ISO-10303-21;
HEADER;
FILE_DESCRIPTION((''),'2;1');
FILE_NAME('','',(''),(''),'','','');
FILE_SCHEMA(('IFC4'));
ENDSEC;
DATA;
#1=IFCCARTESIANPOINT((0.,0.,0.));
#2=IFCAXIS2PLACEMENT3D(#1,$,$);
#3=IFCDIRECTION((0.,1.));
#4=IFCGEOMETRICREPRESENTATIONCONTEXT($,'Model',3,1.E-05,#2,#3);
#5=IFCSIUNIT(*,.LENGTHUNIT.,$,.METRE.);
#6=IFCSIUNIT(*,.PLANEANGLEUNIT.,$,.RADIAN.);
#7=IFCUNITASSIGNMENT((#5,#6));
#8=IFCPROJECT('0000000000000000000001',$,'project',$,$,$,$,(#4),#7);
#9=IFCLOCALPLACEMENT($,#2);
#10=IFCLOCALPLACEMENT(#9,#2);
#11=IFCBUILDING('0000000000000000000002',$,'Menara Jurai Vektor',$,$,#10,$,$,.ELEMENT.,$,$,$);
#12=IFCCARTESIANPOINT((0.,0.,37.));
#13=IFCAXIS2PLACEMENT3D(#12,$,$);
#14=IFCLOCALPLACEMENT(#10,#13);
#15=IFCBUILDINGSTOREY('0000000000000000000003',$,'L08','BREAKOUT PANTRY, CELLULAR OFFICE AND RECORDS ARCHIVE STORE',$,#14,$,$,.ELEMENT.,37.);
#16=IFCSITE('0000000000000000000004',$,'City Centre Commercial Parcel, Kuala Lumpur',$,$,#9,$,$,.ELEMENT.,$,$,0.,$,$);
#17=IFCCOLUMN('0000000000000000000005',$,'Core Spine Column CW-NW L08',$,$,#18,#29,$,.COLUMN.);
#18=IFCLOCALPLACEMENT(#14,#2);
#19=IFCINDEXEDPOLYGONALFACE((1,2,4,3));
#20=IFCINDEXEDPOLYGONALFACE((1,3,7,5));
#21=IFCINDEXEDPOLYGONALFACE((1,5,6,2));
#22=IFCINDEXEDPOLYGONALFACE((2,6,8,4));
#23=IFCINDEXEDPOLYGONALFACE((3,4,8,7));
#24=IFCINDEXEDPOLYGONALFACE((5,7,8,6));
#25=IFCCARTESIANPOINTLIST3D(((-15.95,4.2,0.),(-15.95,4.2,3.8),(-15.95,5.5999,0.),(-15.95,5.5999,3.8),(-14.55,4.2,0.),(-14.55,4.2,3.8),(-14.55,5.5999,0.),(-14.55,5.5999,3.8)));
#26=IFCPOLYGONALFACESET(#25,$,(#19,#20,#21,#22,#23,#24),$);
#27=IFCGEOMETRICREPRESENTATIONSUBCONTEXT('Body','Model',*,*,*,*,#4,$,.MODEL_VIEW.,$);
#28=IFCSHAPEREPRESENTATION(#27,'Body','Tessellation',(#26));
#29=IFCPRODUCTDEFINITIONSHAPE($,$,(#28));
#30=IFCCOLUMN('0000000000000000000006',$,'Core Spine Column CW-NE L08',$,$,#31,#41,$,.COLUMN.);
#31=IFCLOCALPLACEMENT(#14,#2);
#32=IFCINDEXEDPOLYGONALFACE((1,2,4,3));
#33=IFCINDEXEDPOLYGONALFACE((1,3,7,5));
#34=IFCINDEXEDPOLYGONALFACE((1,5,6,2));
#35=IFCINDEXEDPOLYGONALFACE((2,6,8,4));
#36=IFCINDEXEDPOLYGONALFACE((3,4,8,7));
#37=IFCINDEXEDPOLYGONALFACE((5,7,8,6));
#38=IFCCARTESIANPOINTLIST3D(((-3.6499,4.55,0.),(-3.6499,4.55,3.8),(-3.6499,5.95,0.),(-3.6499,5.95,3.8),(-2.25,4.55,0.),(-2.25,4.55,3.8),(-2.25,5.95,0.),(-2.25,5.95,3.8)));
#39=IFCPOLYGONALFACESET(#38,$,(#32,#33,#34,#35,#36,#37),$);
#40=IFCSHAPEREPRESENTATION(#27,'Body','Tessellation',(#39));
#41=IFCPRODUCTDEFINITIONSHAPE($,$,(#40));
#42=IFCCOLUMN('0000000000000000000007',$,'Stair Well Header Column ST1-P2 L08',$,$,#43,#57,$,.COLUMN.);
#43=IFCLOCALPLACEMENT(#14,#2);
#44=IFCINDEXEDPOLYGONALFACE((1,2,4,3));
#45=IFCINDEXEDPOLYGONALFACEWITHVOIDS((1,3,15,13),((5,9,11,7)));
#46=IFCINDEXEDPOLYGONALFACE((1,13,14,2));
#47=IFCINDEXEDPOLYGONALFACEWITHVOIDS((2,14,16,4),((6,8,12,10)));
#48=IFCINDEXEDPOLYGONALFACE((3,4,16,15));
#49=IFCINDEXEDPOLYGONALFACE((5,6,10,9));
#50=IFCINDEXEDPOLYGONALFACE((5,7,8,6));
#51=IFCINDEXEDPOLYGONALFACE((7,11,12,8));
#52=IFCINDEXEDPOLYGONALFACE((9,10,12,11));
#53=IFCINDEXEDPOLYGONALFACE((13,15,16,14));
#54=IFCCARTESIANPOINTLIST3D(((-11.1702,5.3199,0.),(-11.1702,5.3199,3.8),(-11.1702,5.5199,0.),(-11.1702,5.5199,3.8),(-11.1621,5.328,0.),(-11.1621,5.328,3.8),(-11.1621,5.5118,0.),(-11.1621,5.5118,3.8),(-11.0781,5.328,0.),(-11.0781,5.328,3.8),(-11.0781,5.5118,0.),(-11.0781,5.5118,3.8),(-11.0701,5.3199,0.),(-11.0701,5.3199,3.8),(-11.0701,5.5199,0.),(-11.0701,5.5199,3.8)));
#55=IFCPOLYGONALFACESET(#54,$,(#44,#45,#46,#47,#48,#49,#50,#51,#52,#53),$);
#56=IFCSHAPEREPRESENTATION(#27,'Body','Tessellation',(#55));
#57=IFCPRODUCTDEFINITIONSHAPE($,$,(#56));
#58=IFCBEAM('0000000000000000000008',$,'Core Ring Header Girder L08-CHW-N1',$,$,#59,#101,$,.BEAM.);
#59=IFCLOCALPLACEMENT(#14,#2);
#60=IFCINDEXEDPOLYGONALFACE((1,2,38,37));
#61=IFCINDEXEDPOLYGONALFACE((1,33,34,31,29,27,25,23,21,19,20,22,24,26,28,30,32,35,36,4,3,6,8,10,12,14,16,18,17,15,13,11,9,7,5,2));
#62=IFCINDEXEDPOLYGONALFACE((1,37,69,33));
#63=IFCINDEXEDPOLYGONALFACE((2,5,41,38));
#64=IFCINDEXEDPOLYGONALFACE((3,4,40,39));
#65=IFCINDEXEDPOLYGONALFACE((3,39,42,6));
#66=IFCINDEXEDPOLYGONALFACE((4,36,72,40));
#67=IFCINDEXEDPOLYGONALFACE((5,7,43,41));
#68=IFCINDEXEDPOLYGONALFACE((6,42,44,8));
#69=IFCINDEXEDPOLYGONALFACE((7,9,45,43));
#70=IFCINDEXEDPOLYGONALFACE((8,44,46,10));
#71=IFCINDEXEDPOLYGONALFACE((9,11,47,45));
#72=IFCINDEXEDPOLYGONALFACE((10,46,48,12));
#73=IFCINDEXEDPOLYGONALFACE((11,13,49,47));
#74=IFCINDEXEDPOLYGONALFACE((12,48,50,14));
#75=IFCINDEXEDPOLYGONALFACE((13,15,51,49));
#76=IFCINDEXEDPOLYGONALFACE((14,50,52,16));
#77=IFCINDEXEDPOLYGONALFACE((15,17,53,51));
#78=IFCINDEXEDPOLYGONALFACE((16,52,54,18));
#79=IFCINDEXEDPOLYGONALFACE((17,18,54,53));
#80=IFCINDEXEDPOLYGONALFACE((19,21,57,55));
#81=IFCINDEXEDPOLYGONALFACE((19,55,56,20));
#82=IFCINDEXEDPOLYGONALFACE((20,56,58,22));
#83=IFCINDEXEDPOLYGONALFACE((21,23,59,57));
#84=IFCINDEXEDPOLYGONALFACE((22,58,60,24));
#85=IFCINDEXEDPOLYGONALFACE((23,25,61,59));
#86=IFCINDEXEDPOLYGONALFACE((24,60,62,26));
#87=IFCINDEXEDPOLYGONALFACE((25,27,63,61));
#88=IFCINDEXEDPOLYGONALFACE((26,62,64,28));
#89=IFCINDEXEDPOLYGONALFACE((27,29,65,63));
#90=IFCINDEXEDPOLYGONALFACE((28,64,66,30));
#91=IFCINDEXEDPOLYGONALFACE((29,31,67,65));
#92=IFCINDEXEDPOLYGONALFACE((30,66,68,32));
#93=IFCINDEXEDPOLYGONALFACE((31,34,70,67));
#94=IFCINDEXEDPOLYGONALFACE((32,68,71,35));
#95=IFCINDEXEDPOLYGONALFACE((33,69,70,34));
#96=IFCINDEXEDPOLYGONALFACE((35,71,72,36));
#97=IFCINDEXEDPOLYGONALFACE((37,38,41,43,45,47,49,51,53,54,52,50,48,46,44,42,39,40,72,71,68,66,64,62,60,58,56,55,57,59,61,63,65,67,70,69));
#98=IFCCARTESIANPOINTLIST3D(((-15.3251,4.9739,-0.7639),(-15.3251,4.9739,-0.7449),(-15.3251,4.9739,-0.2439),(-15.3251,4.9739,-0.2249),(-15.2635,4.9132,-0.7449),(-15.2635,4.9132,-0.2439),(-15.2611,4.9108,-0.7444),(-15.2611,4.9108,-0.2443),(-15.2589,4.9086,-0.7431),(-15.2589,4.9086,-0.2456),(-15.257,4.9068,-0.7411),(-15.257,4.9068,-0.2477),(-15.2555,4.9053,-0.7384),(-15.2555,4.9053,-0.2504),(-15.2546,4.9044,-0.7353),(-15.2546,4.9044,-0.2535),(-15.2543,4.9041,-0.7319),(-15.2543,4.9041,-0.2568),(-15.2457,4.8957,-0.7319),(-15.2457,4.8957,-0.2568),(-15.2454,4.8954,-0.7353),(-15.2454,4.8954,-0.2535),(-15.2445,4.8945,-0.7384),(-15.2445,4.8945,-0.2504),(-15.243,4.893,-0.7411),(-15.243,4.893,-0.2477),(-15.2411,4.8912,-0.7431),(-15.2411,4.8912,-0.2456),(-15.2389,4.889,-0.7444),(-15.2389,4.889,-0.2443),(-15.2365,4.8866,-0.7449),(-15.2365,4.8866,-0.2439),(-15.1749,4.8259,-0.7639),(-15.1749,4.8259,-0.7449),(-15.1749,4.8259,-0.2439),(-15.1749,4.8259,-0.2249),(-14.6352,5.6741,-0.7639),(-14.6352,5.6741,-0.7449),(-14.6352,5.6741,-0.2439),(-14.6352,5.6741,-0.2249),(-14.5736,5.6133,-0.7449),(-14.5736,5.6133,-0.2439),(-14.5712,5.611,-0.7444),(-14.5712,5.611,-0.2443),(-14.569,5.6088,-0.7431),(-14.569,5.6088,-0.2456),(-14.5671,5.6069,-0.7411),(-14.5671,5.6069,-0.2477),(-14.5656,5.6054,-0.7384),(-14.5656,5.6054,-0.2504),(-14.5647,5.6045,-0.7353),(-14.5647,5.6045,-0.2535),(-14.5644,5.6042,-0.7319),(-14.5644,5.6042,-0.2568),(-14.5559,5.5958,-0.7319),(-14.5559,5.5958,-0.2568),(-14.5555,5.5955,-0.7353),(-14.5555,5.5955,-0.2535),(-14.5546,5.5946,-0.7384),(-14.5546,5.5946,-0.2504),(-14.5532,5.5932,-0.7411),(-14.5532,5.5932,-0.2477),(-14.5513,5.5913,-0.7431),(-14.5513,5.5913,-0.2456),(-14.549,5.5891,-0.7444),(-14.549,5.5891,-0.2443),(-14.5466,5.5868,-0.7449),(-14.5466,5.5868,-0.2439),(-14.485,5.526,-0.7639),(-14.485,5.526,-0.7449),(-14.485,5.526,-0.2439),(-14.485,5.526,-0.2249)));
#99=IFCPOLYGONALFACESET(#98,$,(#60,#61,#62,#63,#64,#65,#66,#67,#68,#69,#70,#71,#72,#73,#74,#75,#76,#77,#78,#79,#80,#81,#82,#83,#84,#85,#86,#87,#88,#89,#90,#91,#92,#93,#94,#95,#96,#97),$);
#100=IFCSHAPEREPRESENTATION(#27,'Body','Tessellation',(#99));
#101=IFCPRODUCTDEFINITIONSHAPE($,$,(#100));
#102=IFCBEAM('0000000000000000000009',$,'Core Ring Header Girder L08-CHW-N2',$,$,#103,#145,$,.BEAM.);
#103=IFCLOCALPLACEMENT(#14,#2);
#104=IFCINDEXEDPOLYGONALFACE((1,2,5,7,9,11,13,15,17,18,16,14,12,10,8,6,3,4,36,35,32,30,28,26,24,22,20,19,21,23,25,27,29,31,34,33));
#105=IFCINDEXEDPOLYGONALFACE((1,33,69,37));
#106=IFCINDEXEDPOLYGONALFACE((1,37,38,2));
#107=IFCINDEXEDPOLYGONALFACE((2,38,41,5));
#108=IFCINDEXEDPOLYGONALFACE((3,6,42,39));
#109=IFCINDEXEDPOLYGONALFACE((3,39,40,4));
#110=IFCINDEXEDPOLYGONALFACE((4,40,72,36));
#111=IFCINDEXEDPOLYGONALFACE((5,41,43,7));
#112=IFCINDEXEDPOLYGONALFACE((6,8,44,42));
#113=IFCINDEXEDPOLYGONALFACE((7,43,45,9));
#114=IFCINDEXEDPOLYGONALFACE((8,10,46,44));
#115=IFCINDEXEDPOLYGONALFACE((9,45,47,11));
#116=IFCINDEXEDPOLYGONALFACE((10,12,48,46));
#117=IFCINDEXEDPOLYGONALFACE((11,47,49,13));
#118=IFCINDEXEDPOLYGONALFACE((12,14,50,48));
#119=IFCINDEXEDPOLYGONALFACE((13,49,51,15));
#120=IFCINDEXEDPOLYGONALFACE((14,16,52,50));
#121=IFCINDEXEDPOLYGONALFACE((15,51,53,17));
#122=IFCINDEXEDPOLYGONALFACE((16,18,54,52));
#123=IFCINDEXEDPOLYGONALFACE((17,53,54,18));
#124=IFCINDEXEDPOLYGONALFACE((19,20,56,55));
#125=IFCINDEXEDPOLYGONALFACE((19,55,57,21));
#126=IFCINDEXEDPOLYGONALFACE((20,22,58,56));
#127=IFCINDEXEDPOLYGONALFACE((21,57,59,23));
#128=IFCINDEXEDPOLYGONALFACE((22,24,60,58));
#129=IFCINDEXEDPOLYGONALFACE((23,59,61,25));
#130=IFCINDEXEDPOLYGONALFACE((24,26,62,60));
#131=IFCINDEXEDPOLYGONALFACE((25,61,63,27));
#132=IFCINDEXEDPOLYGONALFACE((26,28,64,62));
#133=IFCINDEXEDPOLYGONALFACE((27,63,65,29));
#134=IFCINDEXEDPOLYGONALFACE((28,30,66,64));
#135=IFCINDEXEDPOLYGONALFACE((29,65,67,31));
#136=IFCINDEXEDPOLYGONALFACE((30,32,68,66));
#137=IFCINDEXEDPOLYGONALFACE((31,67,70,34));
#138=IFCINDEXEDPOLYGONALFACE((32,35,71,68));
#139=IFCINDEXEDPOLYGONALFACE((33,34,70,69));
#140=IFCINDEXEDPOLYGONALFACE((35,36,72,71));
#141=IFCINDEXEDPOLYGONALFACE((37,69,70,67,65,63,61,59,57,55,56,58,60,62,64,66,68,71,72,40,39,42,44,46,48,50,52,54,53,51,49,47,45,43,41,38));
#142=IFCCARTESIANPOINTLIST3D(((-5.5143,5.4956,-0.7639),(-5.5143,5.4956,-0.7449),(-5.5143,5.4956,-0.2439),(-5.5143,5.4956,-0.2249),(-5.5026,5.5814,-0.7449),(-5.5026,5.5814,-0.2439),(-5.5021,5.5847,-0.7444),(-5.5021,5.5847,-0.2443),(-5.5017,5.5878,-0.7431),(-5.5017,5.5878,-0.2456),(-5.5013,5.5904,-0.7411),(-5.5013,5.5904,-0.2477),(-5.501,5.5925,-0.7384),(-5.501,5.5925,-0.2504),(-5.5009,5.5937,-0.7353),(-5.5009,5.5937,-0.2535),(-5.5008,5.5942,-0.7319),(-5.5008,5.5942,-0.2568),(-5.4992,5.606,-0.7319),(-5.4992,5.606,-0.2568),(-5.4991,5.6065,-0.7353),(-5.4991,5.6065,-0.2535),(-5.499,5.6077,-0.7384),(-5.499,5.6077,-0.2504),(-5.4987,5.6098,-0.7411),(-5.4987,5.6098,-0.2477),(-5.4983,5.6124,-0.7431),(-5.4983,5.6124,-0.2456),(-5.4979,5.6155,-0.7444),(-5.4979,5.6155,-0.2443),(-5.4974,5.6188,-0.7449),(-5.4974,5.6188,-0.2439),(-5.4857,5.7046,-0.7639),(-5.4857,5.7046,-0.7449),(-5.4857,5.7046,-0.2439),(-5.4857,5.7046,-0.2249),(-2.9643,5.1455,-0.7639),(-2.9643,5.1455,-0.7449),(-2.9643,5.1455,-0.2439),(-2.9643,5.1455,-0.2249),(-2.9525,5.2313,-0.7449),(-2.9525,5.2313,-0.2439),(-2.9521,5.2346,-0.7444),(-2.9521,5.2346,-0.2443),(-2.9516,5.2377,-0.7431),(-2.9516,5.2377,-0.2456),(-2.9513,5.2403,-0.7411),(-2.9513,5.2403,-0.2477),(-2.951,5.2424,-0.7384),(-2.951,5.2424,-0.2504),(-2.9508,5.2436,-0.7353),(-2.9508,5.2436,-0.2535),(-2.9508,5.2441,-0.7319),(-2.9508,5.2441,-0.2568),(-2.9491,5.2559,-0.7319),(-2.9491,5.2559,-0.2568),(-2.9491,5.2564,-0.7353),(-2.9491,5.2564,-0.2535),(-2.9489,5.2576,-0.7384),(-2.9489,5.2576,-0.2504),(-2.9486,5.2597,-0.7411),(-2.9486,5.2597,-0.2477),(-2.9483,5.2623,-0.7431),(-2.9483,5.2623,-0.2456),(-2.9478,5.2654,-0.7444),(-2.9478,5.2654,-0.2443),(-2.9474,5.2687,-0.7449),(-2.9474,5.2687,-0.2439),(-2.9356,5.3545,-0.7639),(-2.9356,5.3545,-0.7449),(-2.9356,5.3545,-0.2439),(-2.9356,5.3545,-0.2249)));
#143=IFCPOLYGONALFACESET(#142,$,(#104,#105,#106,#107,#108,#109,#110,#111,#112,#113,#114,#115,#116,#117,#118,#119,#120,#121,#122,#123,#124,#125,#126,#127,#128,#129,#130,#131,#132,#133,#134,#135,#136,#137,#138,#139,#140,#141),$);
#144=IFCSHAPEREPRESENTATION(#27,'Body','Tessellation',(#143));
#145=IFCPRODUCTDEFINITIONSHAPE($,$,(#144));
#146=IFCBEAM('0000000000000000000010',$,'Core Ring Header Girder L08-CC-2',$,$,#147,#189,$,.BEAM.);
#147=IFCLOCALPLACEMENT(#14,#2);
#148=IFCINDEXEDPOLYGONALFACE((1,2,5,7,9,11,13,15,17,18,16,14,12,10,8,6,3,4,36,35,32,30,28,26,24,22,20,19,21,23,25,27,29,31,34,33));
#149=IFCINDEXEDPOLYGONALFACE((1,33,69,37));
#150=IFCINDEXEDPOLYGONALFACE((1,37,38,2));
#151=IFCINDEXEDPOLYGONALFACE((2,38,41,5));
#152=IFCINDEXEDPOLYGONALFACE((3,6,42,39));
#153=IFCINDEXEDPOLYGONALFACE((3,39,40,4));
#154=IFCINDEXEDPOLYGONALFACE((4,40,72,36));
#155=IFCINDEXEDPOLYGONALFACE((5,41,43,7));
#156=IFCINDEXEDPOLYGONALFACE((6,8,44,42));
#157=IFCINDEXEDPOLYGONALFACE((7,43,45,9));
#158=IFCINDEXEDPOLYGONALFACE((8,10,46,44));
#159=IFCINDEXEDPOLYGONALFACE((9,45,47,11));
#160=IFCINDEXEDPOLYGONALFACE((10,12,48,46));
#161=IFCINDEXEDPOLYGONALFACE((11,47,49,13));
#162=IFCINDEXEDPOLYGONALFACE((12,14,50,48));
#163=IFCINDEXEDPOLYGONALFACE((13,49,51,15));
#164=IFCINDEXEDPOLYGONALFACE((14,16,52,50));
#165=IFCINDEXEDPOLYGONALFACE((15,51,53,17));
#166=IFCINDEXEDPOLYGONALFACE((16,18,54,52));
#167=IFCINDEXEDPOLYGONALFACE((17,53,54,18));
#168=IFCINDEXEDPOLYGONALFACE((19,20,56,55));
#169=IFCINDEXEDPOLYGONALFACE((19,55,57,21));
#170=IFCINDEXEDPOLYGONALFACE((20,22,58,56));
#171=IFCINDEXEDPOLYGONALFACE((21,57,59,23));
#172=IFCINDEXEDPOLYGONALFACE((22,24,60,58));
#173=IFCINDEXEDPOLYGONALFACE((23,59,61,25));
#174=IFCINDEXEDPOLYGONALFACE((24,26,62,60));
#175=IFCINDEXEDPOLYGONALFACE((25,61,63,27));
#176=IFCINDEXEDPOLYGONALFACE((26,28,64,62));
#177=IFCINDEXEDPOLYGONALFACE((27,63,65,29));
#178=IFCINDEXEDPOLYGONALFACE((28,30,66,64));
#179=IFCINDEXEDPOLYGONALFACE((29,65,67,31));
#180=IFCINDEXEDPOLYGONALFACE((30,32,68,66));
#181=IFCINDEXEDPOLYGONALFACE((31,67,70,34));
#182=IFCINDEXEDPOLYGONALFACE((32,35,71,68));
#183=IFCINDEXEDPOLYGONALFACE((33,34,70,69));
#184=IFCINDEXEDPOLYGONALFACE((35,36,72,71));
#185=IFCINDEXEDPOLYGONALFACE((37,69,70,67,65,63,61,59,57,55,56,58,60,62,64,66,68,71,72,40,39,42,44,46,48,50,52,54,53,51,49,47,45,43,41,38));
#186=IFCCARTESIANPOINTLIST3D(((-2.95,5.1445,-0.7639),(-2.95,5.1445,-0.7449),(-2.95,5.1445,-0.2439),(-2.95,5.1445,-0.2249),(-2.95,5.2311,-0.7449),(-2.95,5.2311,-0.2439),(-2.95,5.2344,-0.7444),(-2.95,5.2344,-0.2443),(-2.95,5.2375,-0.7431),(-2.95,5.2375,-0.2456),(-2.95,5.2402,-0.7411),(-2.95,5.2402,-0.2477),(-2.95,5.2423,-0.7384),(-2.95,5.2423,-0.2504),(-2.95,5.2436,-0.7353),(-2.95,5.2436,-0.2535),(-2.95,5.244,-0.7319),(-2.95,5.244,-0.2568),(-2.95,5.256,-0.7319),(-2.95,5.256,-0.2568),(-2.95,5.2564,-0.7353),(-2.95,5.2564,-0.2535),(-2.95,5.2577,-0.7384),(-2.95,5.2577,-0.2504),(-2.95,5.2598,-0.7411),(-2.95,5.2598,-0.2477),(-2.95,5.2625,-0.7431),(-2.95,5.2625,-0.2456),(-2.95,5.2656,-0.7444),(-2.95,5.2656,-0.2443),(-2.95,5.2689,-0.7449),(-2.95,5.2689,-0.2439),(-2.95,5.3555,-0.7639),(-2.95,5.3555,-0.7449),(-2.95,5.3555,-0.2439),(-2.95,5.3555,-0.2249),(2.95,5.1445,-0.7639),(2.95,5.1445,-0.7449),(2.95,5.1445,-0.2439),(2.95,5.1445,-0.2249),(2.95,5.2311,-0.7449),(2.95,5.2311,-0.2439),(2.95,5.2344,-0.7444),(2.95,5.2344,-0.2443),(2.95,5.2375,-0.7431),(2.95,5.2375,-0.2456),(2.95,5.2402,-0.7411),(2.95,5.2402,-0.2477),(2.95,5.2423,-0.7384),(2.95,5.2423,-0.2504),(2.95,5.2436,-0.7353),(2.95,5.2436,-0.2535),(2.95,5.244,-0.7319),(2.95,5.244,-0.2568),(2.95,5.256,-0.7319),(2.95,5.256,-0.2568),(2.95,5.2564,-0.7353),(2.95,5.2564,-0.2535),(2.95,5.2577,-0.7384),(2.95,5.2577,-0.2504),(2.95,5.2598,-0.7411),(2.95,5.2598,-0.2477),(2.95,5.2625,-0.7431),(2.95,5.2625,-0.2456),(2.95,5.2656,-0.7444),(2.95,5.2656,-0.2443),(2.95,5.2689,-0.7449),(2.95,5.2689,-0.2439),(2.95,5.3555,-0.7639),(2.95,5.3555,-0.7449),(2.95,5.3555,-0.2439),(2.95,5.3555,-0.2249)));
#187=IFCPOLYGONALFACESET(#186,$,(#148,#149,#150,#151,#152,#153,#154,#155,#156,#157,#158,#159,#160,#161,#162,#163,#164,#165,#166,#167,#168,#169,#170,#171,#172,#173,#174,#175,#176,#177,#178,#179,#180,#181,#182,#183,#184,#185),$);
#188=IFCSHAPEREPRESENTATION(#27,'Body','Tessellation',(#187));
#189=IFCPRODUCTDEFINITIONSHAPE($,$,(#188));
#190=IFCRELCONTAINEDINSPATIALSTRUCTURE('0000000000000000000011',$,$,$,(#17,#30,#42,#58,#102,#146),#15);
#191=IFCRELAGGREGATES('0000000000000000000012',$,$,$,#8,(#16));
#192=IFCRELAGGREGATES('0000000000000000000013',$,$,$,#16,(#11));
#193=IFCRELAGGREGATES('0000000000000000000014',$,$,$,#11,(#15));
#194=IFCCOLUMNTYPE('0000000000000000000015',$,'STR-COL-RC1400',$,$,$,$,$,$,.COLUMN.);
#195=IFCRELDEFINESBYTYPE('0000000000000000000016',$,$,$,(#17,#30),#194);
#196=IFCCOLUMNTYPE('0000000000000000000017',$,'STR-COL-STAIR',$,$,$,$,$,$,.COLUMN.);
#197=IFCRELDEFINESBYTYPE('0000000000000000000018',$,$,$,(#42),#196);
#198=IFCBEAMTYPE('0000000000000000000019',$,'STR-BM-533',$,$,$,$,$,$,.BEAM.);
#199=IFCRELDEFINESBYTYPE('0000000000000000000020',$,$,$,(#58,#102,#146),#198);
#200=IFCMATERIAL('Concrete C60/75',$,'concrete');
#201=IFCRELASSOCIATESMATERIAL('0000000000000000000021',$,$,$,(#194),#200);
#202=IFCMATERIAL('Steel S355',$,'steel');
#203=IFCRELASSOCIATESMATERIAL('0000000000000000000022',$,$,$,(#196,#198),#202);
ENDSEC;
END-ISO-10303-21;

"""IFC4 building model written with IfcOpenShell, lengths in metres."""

from ifc_helpers import new_model, si_unit, direction, frame, origin, origin_2d, place, context, subcontext, project, spatial, rectangle, hollow_rectangle, i_section, extrude, material, material_profile, profile_set, type_object, element, save


model = new_model("IFC4")

# Units and contexts
model_context = context("Model", 3, precision=1e-05, world=origin(), true_north=direction((0.0, 1.0)))
body_context = subcontext(model_context, "Body", "Model", "MODEL_VIEW")
ifc_project = project(units=[si_unit("LENGTHUNIT", "METRE"), si_unit("PLANEANGLEUNIT", "RADIAN")], contexts=[model_context])

# Site, building, storey
site_placement = place(None, origin())
site = spatial("IfcSite", under=ifc_project, at=site_placement, Name="City Centre Commercial Parcel, Kuala Lumpur", CompositionType="ELEMENT", RefElevation=0.0)
building_placement = place(site_placement, origin())
building = spatial("IfcBuilding", under=site, at=building_placement, Name="Menara Jurai Vektor", CompositionType="ELEMENT")
storey_placement = place(building_placement, frame((0.0, 0.0, 37.0)))
storey = spatial("IfcBuildingStorey", under=building, at=storey_placement, Name="L08", Description="BREAKOUT PANTRY, CELLULAR OFFICE AND RECORDS ARCHIVE STORE", CompositionType="ELEMENT", Elevation=37.0)

# Columns
ifc_material_1 = material(Name="Concrete C60/75", Category="concrete")
ifc_material_profile_1 = material_profile(ifc_material_1, rectangle(XDim=1.3999, YDim=1.3999, at=origin_2d()), Name="RC 1400x1400")
ifc_profile_set_1 = profile_set([ifc_material_profile_1], Name="Concrete C60/75")
column_type_1 = type_object("IfcColumnType", Name="STR-COL-RC1400", PredefinedType="COLUMN", material=ifc_profile_set_1)
for number, where, z_axis, x_axis, name in (
    (1, (-15.25, 4.8999, 0.0), (0.0, 0.0, 1.0), (1.0, 0.0, 0.0), "Core Spine Column CW-NW L08"),
    (2, (-2.95, 5.25, 0.0), (0.0, 0.0, 1.0), (1.0, 0.0, 0.0), "Core Spine Column CW-NE L08"),
):
    element("IfcColumn", number, at=place(storey_placement, frame(where, z_axis=z_axis, x_axis=x_axis)), inside=storey, type_object=column_type_1, Name=name, PredefinedType="COLUMN", context=body_context, shape_type="SweptSolid", body=[
        extrude(rectangle(XDim=1.3999, YDim=1.3999, at=origin_2d()), origin(), (0.0, 0.0, 1.0), 3.8),
    ])
ifc_material_2 = material(Name="Steel S355", Category="steel")
ifc_material_profile_2 = material_profile(ifc_material_2, hollow_rectangle(XDim=0.1001, YDim=0.2, WallThickness=0.0081, at=origin_2d()), Name="RHS 200x100x8")
ifc_profile_set_2 = profile_set([ifc_material_profile_2], Name="Steel S355")
column_type_2 = type_object("IfcColumnType", Name="STR-COL-STAIR", PredefinedType="COLUMN", material=ifc_profile_set_2)
column_placement = place(storey_placement, frame((-11.1201, 5.4199, 0.0), z_axis=(0.0, 0.0, 1.0), x_axis=(1.0, 0.0, 0.0)))
element("IfcColumn", 3, at=column_placement, inside=storey, type_object=column_type_2, Name="Stair Well Header Column ST1-P2 L08", PredefinedType="COLUMN", context=body_context, shape_type="SweptSolid", body=[
    extrude(hollow_rectangle(XDim=0.1001, YDim=0.2, WallThickness=0.0081, at=origin_2d()), origin(), (0.0, 0.0, 1.0), 3.8),
])

# Beams
ifc_material_profile_3 = material_profile(ifc_material_2, i_section(OverallWidth=0.2109, OverallDepth=0.5391, WebThickness=0.012, FlangeThickness=0.019, FilletRadius=0.0129, at=origin_2d()), Name="UKB 533x210x109")
ifc_profile_set_3 = profile_set([ifc_material_profile_3], Name="Steel S355")
beam_type_1 = type_object("IfcBeamType", Name="STR-BM-533", PredefinedType="BEAM", material=ifc_profile_set_3)
beam_1_placement = place(storey_placement, frame((-15.25, 4.8999, -0.4944), z_axis=(0.701872, 0.712303, 0.0), x_axis=(-0.712303, 0.701872, 0.0)))
element("IfcBeam", 4, at=beam_1_placement, inside=storey, type_object=beam_type_1, Name="Core Ring Header Girder L08-CHW-N1", PredefinedType="BEAM", context=body_context, shape_type="SweptSolid", body=[
    extrude(i_section(OverallWidth=0.2109, OverallDepth=0.5391, WebThickness=0.012, FlangeThickness=0.019, FilletRadius=0.0129, at=origin_2d()), origin(), (0.0, 0.0, 1.0), 0.9829),
])
beam_2_placement = place(storey_placement, frame((-5.5, 5.6001, -0.4944), z_axis=(0.990707, -0.136015, 0.0), x_axis=(0.136015, 0.990707, 0.0)))
element("IfcBeam", 5, at=beam_2_placement, inside=storey, type_object=beam_type_1, Name="Core Ring Header Girder L08-CHW-N2", PredefinedType="BEAM", context=body_context, shape_type="SweptSolid", body=[
    extrude(i_section(OverallWidth=0.2109, OverallDepth=0.5391, WebThickness=0.012, FlangeThickness=0.019, FilletRadius=0.0129, at=origin_2d()), origin(), (0.0, 0.0, 1.0), 2.574),
])
beam_3_placement = place(storey_placement, frame((-2.95, 5.25, -0.4944), z_axis=(1.0, 0.0, 0.0), x_axis=(0.0, 1.0, 0.0)))
element("IfcBeam", 6, at=beam_3_placement, inside=storey, type_object=beam_type_1, Name="Core Ring Header Girder L08-CC-2", PredefinedType="BEAM", context=body_context, shape_type="SweptSolid", body=[
    extrude(i_section(OverallWidth=0.2109, OverallDepth=0.5391, WebThickness=0.012, FlangeThickness=0.019, FilletRadius=0.0129, at=origin_2d()), origin(), (0.0, 0.0, 1.0), 5.8999),
])

save(model, "model.ifc")
